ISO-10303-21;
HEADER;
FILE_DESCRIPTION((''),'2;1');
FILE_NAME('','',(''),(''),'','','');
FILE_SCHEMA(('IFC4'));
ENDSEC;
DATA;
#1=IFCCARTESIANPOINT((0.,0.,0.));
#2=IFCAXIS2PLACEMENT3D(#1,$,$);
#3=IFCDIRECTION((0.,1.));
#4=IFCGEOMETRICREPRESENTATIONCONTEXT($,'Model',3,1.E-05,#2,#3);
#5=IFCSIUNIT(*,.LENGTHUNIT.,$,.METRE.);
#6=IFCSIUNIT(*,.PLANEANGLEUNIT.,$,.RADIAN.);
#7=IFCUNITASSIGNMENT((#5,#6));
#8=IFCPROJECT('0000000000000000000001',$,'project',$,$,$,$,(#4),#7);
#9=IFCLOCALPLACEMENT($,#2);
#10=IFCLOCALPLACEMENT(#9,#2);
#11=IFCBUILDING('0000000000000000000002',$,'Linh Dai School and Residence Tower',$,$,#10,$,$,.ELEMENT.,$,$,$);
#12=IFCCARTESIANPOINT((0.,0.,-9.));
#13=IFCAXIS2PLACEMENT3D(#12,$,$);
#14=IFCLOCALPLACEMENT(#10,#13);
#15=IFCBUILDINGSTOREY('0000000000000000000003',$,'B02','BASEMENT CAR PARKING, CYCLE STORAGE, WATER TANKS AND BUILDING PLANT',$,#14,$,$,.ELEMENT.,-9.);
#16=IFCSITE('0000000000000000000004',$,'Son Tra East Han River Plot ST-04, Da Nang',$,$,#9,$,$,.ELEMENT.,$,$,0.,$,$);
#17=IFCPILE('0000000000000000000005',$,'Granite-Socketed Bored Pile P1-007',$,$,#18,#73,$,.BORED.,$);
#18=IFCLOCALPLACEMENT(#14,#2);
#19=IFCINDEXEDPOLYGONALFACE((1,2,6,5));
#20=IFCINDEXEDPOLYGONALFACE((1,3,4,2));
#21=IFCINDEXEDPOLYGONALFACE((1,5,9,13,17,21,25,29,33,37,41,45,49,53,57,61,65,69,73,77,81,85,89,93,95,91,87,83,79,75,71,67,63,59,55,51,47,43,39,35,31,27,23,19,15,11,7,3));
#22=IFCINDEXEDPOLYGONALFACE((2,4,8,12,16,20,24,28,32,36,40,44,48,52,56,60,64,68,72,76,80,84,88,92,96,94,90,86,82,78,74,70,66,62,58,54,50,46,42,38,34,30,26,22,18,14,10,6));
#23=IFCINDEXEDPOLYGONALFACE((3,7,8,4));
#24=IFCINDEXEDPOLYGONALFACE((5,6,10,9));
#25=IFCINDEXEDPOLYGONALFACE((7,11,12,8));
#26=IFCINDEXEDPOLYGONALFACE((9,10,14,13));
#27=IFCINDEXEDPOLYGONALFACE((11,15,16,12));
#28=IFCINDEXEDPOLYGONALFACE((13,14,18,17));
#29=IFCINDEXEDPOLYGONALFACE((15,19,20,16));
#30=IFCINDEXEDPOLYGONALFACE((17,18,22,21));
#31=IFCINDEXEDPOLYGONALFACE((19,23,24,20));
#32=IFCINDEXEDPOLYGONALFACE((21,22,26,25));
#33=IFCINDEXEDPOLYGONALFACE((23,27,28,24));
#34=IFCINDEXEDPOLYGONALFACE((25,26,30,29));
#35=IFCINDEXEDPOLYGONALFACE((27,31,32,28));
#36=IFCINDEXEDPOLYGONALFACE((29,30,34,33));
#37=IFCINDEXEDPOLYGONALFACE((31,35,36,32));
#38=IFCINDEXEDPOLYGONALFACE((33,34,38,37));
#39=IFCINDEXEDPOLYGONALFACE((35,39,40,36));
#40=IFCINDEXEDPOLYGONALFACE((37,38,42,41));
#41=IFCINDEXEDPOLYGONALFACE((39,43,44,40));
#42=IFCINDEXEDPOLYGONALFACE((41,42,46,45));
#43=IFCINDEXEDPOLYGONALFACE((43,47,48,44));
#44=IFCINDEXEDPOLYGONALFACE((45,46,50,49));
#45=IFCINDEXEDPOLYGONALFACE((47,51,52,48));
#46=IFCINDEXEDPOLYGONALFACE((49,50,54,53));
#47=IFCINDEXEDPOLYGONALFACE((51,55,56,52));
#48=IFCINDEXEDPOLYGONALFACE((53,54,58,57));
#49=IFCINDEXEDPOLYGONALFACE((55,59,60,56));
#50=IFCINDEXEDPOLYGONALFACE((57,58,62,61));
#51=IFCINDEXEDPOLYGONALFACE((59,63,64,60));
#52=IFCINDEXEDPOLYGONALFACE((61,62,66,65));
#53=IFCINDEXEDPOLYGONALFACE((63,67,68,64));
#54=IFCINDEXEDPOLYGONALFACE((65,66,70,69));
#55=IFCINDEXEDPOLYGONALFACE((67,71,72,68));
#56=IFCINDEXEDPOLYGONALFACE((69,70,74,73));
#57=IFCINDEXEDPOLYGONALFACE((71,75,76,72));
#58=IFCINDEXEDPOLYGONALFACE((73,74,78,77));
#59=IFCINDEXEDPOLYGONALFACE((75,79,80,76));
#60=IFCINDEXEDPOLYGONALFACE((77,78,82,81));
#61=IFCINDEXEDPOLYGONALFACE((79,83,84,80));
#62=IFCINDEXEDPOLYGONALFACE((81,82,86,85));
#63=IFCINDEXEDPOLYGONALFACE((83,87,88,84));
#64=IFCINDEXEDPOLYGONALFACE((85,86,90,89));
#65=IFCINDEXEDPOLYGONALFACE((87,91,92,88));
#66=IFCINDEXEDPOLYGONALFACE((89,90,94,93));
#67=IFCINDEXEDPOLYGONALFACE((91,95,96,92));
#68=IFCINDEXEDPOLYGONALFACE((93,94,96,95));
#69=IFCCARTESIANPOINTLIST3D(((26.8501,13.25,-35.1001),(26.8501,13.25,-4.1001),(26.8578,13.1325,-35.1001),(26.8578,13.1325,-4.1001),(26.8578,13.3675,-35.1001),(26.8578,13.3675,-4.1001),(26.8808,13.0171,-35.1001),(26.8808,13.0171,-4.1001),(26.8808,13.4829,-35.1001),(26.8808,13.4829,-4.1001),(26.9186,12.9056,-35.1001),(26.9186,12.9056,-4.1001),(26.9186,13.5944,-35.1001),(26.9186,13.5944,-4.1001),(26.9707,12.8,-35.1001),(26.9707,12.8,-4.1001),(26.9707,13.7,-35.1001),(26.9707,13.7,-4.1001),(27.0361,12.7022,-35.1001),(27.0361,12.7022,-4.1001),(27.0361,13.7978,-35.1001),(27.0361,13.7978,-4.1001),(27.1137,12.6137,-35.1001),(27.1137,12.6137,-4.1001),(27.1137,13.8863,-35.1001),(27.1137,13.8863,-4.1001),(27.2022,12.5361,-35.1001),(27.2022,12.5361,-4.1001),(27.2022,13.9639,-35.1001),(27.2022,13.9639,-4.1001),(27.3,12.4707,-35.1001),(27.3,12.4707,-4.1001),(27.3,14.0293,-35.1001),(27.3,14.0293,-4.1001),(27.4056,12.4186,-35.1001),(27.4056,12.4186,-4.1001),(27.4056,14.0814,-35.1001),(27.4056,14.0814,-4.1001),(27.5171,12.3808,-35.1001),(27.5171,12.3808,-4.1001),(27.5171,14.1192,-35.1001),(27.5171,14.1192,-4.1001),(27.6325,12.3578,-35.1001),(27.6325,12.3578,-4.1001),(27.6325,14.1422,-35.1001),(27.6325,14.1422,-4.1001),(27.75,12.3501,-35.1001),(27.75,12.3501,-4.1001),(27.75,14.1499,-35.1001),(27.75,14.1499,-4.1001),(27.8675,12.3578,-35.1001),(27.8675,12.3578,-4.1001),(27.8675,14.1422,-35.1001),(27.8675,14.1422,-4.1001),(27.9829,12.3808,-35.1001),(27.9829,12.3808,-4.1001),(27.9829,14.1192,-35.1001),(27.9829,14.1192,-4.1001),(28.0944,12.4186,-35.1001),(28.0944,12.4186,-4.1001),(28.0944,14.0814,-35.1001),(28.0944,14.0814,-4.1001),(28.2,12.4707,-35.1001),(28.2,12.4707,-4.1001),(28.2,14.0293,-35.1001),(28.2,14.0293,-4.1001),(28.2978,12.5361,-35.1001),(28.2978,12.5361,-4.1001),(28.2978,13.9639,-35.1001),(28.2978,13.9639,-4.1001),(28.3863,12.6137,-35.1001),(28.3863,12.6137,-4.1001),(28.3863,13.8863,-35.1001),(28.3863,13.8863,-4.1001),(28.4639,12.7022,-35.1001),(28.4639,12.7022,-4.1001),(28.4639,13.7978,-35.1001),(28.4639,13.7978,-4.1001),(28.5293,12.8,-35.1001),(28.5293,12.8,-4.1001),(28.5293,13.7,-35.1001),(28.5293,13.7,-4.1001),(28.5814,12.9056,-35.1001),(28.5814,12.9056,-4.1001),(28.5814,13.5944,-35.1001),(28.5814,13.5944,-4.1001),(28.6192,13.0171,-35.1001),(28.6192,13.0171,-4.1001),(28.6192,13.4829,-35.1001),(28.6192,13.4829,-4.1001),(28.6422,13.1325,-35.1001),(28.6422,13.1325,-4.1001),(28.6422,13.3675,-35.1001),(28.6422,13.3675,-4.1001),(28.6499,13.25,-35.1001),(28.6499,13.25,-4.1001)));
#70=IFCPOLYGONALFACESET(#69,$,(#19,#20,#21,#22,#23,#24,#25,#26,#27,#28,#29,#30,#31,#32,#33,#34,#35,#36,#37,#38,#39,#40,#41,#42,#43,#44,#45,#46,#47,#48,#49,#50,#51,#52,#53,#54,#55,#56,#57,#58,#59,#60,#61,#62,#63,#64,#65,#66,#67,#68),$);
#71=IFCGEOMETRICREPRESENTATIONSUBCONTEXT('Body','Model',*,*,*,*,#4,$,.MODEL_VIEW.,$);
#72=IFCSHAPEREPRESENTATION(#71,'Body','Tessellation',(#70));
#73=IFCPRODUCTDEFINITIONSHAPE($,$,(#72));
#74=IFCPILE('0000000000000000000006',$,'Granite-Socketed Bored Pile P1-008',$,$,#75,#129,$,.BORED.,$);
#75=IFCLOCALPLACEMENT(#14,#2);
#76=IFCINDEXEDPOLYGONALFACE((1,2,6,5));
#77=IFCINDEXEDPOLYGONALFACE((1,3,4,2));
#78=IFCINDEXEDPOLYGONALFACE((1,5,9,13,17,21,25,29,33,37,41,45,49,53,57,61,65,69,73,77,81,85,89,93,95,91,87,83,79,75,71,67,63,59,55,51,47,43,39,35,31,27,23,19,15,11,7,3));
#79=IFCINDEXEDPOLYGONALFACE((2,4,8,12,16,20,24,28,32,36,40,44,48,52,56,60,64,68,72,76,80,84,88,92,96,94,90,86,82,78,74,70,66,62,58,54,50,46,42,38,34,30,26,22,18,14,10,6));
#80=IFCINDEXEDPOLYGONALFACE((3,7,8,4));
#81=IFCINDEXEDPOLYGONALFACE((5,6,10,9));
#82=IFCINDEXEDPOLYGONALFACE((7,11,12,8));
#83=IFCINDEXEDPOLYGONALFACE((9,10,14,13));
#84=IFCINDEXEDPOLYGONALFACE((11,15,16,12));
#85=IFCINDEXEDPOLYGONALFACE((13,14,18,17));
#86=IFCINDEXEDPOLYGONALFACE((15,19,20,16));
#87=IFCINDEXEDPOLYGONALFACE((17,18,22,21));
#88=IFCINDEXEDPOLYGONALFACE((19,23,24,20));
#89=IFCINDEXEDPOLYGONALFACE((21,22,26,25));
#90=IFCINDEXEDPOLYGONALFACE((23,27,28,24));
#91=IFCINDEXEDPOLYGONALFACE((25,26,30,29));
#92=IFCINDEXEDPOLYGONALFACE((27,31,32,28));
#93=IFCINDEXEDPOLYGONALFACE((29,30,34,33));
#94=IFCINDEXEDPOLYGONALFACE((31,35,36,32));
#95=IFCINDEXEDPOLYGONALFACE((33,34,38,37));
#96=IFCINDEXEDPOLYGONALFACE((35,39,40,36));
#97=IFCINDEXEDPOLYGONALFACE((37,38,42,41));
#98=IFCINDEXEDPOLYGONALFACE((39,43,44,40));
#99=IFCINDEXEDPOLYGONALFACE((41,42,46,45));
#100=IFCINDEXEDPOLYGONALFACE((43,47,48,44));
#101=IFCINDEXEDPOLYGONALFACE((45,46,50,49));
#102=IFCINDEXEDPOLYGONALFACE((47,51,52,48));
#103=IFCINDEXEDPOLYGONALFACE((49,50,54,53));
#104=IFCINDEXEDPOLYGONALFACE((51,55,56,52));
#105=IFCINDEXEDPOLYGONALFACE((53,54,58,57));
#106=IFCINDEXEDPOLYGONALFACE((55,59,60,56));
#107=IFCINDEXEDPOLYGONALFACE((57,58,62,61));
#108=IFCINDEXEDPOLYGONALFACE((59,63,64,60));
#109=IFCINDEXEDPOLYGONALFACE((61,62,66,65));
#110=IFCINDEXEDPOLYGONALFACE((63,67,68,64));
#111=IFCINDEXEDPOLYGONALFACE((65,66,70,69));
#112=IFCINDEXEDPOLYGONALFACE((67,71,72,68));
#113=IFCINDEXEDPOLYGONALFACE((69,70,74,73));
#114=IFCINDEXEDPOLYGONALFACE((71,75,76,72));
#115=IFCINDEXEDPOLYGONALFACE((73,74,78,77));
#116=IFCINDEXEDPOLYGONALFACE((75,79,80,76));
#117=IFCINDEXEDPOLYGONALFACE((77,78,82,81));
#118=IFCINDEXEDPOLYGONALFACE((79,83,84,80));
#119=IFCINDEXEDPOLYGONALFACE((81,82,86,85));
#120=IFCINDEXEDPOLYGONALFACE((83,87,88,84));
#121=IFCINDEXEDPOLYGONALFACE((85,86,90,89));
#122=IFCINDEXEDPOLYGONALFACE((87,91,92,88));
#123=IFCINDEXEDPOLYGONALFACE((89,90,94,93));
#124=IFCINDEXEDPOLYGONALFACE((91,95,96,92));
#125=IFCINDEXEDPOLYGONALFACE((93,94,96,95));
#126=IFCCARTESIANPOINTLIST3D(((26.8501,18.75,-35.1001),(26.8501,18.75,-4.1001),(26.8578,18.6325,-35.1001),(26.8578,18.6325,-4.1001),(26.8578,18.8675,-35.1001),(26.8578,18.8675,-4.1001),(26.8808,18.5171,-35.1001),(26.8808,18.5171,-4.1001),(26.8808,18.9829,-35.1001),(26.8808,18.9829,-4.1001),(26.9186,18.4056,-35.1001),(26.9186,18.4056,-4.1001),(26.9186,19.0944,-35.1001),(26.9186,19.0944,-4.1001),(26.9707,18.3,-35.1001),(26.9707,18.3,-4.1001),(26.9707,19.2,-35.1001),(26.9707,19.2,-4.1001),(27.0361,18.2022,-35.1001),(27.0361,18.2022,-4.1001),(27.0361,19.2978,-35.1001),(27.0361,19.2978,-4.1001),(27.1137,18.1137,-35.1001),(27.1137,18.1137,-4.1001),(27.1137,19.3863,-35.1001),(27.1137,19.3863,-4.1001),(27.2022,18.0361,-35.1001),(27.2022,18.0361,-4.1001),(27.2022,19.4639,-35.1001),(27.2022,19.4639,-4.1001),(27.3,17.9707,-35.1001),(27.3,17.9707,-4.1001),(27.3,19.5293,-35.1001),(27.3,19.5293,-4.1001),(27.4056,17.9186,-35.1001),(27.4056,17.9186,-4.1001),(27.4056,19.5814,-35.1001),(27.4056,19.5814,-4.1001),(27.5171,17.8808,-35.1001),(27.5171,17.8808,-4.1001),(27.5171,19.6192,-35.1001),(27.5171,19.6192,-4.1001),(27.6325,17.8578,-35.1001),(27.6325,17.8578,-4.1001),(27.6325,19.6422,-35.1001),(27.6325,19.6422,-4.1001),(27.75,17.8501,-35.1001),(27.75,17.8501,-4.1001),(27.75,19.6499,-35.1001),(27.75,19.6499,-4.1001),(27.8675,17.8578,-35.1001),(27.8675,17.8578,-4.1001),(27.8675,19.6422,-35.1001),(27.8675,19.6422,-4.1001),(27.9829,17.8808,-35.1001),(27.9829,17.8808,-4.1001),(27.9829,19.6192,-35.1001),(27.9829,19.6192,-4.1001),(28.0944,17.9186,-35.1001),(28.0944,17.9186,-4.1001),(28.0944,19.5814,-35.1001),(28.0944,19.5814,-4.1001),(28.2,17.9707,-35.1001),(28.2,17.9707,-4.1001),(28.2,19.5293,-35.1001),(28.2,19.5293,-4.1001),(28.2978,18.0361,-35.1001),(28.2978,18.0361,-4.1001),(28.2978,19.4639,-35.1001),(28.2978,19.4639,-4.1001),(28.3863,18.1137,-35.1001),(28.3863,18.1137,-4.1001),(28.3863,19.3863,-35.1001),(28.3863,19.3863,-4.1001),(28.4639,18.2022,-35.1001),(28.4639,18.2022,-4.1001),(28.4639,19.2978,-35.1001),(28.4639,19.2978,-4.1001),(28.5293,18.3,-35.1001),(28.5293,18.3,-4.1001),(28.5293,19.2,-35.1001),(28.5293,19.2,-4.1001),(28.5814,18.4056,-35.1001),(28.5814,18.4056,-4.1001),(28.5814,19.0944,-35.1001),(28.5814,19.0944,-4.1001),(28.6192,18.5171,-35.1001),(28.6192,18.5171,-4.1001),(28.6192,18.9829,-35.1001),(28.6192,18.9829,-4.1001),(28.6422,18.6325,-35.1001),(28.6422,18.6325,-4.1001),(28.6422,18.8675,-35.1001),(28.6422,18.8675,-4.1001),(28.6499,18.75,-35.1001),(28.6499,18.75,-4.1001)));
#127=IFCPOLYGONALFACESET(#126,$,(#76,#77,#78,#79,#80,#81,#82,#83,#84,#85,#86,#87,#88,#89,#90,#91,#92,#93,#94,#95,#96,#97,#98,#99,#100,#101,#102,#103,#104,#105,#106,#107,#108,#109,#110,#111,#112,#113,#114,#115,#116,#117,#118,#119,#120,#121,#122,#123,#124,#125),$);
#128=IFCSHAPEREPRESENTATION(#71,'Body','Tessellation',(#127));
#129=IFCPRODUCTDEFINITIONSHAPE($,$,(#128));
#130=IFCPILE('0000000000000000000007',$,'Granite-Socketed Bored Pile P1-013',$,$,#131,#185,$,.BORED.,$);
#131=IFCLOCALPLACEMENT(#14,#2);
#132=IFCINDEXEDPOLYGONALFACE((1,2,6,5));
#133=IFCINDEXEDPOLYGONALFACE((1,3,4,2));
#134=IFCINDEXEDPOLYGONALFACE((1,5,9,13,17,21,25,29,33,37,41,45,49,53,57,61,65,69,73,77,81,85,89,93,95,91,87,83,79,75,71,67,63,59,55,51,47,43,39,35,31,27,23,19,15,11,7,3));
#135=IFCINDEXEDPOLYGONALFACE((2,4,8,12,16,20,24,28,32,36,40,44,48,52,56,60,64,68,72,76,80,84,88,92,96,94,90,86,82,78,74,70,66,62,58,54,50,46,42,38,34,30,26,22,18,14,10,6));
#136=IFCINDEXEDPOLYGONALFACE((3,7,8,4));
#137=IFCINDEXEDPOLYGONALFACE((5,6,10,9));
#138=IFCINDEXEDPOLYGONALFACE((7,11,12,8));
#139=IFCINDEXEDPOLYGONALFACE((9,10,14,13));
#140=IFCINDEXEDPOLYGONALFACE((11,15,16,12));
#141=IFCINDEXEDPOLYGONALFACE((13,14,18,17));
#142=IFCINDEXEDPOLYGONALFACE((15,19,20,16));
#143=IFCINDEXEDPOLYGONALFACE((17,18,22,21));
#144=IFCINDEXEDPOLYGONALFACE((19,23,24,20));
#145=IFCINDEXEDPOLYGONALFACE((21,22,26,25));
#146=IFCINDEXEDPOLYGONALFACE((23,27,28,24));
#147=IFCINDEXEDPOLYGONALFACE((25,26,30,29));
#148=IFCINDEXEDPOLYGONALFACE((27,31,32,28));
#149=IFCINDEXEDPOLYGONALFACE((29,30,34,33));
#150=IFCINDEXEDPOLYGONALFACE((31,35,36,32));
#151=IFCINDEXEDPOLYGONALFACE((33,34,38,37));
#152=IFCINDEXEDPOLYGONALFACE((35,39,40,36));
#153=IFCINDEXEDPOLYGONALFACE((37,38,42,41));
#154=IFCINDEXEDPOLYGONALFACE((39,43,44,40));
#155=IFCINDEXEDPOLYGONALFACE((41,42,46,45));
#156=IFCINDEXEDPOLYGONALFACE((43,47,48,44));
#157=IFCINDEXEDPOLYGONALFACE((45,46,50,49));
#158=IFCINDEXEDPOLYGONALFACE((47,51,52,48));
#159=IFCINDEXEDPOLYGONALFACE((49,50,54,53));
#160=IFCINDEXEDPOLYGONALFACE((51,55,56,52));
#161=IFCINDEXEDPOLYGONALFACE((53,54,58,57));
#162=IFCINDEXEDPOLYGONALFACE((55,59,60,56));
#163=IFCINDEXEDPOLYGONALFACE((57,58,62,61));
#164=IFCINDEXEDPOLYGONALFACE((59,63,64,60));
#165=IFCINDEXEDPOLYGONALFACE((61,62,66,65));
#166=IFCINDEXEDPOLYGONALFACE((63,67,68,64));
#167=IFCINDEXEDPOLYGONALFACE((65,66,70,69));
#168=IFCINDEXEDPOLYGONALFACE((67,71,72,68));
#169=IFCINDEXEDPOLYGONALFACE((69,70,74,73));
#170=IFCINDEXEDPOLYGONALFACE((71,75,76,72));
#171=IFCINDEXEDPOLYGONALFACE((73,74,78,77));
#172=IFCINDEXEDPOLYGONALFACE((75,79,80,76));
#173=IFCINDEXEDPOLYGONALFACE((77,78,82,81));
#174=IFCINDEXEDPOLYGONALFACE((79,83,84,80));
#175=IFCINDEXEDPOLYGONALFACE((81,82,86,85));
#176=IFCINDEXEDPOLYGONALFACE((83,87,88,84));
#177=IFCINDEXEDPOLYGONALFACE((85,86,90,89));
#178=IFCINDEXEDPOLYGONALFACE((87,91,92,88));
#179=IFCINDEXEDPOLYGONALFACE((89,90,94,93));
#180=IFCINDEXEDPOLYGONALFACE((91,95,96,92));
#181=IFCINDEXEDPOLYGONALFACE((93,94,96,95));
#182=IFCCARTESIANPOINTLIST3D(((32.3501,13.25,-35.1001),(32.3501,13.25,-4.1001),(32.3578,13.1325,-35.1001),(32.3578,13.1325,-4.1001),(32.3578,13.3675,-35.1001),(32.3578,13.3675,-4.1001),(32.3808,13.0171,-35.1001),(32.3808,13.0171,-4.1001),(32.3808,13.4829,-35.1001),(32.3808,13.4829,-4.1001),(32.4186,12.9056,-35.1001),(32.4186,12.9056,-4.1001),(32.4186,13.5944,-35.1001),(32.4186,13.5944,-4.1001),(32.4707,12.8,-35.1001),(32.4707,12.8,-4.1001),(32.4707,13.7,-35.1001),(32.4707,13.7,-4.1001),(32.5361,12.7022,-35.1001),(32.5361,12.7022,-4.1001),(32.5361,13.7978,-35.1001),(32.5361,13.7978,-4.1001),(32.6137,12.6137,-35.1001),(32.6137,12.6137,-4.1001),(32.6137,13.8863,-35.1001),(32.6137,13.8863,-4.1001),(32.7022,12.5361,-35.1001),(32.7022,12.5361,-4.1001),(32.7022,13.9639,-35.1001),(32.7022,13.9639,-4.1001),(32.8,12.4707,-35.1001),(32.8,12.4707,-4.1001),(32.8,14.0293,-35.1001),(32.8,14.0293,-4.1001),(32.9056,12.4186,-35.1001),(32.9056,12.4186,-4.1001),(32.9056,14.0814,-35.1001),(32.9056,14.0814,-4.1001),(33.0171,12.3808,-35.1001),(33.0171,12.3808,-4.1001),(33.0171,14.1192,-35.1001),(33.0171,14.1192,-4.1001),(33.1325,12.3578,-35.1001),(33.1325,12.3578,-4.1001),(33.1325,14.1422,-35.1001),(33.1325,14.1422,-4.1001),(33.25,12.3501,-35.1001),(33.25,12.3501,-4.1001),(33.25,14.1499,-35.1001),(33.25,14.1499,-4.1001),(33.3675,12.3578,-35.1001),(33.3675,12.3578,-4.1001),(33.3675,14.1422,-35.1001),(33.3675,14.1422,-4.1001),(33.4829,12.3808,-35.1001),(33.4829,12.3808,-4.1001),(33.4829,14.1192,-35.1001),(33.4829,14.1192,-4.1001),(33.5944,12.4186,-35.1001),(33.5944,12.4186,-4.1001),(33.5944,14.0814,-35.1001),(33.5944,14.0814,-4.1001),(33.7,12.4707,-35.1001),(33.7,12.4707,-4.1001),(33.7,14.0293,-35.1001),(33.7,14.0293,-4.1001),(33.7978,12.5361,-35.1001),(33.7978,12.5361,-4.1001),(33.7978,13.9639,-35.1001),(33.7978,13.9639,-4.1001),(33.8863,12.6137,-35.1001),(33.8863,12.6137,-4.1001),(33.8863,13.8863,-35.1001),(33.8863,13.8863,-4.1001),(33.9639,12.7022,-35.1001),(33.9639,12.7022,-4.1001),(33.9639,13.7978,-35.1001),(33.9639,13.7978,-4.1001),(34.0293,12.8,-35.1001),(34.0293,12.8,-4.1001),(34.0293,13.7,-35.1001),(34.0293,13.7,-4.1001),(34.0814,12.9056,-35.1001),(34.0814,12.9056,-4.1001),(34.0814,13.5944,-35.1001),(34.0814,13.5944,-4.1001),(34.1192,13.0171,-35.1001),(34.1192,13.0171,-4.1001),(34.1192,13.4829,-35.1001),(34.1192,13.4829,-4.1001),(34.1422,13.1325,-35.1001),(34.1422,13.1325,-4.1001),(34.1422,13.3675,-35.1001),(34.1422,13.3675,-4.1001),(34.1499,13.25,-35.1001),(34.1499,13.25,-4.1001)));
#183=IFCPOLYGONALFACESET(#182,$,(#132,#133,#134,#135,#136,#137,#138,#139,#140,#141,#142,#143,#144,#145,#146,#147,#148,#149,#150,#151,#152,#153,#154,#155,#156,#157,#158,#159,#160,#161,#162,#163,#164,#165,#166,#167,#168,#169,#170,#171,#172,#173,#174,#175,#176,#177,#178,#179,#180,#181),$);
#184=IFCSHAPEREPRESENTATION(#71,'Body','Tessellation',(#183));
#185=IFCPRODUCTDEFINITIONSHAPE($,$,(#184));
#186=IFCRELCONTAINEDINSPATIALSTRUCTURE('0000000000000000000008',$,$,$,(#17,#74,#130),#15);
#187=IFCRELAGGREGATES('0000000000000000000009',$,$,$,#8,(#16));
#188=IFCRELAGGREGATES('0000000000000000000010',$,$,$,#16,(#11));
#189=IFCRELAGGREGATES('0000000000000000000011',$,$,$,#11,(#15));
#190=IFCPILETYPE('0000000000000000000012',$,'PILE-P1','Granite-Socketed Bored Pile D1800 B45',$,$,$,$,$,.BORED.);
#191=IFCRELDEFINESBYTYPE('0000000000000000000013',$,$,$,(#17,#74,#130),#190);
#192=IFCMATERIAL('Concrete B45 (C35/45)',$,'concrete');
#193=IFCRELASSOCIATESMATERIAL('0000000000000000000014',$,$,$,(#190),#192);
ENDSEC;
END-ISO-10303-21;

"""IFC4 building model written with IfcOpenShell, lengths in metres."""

from ifc_helpers import new_model, si_unit, direction, frame, origin, origin_2d, place, context, subcontext, project, spatial, circle, extrude, material, material_profile, profile_set, type_object, element, save


model = new_model("IFC4")

# Units and contexts
model_context = context("Model", 3, precision=1e-05, world=origin(), true_north=direction((0.0, 1.0)))
body_context = subcontext(model_context, "Body", "Model", "MODEL_VIEW")
ifc_project = project(units=[si_unit("LENGTHUNIT", "METRE"), si_unit("PLANEANGLEUNIT", "RADIAN")], contexts=[model_context])

# Site, building, storey
site_placement = place(None, origin())
site = spatial("IfcSite", under=ifc_project, at=site_placement, Name="Son Tra East Han River Plot ST-04, Da Nang", CompositionType="ELEMENT", RefElevation=0.0)
building_placement = place(site_placement, origin())
building = spatial("IfcBuilding", under=site, at=building_placement, Name="Linh Dai School and Residence Tower", CompositionType="ELEMENT")
storey_placement = place(building_placement, frame((0.0, 0.0, -9.0)))
storey = spatial("IfcBuildingStorey", under=building, at=storey_placement, Name="B02", Description="BASEMENT CAR PARKING, CYCLE STORAGE, WATER TANKS AND BUILDING PLANT", CompositionType="ELEMENT", Elevation=-9.0)

# Piles
ifc_material_1 = material(Name="Concrete B45 (C35/45)", Category="concrete")
ifc_material_profile_1 = material_profile(ifc_material_1, circle(Radius=0.8999, at=origin_2d()), Name="PILE D1800")
ifc_profile_set_1 = profile_set([ifc_material_profile_1], Name="Concrete B45 (C35/45)")
pile_type_1 = type_object("IfcPileType", Name="PILE-P1", Description="Granite-Socketed Bored Pile D1800 B45", PredefinedType="BORED", material=ifc_profile_set_1)
for number, where, z_axis, x_axis, name in (
    (1, (27.75, 13.25, -4.1001), (0.0, 0.0, -1.0), (1.0, 0.0, 0.0), "Granite-Socketed Bored Pile P1-007"),
    (2, (27.75, 18.75, -4.1001), (0.0, 0.0, -1.0), (1.0, 0.0, 0.0), "Granite-Socketed Bored Pile P1-008"),
    (3, (33.25, 13.25, -4.1001), (0.0, 0.0, -1.0), (1.0, 0.0, 0.0), "Granite-Socketed Bored Pile P1-013"),
):
    element("IfcPile", number, at=place(storey_placement, frame(where, z_axis=z_axis, x_axis=x_axis)), inside=storey, type_object=pile_type_1, Name=name, PredefinedType="BORED", context=body_context, shape_type="SweptSolid", body=[
        extrude(circle(Radius=0.8999, at=origin_2d()), origin(), (0.0, 0.0, 1.0), 31.0),
    ])

save(model, "model.ifc")
